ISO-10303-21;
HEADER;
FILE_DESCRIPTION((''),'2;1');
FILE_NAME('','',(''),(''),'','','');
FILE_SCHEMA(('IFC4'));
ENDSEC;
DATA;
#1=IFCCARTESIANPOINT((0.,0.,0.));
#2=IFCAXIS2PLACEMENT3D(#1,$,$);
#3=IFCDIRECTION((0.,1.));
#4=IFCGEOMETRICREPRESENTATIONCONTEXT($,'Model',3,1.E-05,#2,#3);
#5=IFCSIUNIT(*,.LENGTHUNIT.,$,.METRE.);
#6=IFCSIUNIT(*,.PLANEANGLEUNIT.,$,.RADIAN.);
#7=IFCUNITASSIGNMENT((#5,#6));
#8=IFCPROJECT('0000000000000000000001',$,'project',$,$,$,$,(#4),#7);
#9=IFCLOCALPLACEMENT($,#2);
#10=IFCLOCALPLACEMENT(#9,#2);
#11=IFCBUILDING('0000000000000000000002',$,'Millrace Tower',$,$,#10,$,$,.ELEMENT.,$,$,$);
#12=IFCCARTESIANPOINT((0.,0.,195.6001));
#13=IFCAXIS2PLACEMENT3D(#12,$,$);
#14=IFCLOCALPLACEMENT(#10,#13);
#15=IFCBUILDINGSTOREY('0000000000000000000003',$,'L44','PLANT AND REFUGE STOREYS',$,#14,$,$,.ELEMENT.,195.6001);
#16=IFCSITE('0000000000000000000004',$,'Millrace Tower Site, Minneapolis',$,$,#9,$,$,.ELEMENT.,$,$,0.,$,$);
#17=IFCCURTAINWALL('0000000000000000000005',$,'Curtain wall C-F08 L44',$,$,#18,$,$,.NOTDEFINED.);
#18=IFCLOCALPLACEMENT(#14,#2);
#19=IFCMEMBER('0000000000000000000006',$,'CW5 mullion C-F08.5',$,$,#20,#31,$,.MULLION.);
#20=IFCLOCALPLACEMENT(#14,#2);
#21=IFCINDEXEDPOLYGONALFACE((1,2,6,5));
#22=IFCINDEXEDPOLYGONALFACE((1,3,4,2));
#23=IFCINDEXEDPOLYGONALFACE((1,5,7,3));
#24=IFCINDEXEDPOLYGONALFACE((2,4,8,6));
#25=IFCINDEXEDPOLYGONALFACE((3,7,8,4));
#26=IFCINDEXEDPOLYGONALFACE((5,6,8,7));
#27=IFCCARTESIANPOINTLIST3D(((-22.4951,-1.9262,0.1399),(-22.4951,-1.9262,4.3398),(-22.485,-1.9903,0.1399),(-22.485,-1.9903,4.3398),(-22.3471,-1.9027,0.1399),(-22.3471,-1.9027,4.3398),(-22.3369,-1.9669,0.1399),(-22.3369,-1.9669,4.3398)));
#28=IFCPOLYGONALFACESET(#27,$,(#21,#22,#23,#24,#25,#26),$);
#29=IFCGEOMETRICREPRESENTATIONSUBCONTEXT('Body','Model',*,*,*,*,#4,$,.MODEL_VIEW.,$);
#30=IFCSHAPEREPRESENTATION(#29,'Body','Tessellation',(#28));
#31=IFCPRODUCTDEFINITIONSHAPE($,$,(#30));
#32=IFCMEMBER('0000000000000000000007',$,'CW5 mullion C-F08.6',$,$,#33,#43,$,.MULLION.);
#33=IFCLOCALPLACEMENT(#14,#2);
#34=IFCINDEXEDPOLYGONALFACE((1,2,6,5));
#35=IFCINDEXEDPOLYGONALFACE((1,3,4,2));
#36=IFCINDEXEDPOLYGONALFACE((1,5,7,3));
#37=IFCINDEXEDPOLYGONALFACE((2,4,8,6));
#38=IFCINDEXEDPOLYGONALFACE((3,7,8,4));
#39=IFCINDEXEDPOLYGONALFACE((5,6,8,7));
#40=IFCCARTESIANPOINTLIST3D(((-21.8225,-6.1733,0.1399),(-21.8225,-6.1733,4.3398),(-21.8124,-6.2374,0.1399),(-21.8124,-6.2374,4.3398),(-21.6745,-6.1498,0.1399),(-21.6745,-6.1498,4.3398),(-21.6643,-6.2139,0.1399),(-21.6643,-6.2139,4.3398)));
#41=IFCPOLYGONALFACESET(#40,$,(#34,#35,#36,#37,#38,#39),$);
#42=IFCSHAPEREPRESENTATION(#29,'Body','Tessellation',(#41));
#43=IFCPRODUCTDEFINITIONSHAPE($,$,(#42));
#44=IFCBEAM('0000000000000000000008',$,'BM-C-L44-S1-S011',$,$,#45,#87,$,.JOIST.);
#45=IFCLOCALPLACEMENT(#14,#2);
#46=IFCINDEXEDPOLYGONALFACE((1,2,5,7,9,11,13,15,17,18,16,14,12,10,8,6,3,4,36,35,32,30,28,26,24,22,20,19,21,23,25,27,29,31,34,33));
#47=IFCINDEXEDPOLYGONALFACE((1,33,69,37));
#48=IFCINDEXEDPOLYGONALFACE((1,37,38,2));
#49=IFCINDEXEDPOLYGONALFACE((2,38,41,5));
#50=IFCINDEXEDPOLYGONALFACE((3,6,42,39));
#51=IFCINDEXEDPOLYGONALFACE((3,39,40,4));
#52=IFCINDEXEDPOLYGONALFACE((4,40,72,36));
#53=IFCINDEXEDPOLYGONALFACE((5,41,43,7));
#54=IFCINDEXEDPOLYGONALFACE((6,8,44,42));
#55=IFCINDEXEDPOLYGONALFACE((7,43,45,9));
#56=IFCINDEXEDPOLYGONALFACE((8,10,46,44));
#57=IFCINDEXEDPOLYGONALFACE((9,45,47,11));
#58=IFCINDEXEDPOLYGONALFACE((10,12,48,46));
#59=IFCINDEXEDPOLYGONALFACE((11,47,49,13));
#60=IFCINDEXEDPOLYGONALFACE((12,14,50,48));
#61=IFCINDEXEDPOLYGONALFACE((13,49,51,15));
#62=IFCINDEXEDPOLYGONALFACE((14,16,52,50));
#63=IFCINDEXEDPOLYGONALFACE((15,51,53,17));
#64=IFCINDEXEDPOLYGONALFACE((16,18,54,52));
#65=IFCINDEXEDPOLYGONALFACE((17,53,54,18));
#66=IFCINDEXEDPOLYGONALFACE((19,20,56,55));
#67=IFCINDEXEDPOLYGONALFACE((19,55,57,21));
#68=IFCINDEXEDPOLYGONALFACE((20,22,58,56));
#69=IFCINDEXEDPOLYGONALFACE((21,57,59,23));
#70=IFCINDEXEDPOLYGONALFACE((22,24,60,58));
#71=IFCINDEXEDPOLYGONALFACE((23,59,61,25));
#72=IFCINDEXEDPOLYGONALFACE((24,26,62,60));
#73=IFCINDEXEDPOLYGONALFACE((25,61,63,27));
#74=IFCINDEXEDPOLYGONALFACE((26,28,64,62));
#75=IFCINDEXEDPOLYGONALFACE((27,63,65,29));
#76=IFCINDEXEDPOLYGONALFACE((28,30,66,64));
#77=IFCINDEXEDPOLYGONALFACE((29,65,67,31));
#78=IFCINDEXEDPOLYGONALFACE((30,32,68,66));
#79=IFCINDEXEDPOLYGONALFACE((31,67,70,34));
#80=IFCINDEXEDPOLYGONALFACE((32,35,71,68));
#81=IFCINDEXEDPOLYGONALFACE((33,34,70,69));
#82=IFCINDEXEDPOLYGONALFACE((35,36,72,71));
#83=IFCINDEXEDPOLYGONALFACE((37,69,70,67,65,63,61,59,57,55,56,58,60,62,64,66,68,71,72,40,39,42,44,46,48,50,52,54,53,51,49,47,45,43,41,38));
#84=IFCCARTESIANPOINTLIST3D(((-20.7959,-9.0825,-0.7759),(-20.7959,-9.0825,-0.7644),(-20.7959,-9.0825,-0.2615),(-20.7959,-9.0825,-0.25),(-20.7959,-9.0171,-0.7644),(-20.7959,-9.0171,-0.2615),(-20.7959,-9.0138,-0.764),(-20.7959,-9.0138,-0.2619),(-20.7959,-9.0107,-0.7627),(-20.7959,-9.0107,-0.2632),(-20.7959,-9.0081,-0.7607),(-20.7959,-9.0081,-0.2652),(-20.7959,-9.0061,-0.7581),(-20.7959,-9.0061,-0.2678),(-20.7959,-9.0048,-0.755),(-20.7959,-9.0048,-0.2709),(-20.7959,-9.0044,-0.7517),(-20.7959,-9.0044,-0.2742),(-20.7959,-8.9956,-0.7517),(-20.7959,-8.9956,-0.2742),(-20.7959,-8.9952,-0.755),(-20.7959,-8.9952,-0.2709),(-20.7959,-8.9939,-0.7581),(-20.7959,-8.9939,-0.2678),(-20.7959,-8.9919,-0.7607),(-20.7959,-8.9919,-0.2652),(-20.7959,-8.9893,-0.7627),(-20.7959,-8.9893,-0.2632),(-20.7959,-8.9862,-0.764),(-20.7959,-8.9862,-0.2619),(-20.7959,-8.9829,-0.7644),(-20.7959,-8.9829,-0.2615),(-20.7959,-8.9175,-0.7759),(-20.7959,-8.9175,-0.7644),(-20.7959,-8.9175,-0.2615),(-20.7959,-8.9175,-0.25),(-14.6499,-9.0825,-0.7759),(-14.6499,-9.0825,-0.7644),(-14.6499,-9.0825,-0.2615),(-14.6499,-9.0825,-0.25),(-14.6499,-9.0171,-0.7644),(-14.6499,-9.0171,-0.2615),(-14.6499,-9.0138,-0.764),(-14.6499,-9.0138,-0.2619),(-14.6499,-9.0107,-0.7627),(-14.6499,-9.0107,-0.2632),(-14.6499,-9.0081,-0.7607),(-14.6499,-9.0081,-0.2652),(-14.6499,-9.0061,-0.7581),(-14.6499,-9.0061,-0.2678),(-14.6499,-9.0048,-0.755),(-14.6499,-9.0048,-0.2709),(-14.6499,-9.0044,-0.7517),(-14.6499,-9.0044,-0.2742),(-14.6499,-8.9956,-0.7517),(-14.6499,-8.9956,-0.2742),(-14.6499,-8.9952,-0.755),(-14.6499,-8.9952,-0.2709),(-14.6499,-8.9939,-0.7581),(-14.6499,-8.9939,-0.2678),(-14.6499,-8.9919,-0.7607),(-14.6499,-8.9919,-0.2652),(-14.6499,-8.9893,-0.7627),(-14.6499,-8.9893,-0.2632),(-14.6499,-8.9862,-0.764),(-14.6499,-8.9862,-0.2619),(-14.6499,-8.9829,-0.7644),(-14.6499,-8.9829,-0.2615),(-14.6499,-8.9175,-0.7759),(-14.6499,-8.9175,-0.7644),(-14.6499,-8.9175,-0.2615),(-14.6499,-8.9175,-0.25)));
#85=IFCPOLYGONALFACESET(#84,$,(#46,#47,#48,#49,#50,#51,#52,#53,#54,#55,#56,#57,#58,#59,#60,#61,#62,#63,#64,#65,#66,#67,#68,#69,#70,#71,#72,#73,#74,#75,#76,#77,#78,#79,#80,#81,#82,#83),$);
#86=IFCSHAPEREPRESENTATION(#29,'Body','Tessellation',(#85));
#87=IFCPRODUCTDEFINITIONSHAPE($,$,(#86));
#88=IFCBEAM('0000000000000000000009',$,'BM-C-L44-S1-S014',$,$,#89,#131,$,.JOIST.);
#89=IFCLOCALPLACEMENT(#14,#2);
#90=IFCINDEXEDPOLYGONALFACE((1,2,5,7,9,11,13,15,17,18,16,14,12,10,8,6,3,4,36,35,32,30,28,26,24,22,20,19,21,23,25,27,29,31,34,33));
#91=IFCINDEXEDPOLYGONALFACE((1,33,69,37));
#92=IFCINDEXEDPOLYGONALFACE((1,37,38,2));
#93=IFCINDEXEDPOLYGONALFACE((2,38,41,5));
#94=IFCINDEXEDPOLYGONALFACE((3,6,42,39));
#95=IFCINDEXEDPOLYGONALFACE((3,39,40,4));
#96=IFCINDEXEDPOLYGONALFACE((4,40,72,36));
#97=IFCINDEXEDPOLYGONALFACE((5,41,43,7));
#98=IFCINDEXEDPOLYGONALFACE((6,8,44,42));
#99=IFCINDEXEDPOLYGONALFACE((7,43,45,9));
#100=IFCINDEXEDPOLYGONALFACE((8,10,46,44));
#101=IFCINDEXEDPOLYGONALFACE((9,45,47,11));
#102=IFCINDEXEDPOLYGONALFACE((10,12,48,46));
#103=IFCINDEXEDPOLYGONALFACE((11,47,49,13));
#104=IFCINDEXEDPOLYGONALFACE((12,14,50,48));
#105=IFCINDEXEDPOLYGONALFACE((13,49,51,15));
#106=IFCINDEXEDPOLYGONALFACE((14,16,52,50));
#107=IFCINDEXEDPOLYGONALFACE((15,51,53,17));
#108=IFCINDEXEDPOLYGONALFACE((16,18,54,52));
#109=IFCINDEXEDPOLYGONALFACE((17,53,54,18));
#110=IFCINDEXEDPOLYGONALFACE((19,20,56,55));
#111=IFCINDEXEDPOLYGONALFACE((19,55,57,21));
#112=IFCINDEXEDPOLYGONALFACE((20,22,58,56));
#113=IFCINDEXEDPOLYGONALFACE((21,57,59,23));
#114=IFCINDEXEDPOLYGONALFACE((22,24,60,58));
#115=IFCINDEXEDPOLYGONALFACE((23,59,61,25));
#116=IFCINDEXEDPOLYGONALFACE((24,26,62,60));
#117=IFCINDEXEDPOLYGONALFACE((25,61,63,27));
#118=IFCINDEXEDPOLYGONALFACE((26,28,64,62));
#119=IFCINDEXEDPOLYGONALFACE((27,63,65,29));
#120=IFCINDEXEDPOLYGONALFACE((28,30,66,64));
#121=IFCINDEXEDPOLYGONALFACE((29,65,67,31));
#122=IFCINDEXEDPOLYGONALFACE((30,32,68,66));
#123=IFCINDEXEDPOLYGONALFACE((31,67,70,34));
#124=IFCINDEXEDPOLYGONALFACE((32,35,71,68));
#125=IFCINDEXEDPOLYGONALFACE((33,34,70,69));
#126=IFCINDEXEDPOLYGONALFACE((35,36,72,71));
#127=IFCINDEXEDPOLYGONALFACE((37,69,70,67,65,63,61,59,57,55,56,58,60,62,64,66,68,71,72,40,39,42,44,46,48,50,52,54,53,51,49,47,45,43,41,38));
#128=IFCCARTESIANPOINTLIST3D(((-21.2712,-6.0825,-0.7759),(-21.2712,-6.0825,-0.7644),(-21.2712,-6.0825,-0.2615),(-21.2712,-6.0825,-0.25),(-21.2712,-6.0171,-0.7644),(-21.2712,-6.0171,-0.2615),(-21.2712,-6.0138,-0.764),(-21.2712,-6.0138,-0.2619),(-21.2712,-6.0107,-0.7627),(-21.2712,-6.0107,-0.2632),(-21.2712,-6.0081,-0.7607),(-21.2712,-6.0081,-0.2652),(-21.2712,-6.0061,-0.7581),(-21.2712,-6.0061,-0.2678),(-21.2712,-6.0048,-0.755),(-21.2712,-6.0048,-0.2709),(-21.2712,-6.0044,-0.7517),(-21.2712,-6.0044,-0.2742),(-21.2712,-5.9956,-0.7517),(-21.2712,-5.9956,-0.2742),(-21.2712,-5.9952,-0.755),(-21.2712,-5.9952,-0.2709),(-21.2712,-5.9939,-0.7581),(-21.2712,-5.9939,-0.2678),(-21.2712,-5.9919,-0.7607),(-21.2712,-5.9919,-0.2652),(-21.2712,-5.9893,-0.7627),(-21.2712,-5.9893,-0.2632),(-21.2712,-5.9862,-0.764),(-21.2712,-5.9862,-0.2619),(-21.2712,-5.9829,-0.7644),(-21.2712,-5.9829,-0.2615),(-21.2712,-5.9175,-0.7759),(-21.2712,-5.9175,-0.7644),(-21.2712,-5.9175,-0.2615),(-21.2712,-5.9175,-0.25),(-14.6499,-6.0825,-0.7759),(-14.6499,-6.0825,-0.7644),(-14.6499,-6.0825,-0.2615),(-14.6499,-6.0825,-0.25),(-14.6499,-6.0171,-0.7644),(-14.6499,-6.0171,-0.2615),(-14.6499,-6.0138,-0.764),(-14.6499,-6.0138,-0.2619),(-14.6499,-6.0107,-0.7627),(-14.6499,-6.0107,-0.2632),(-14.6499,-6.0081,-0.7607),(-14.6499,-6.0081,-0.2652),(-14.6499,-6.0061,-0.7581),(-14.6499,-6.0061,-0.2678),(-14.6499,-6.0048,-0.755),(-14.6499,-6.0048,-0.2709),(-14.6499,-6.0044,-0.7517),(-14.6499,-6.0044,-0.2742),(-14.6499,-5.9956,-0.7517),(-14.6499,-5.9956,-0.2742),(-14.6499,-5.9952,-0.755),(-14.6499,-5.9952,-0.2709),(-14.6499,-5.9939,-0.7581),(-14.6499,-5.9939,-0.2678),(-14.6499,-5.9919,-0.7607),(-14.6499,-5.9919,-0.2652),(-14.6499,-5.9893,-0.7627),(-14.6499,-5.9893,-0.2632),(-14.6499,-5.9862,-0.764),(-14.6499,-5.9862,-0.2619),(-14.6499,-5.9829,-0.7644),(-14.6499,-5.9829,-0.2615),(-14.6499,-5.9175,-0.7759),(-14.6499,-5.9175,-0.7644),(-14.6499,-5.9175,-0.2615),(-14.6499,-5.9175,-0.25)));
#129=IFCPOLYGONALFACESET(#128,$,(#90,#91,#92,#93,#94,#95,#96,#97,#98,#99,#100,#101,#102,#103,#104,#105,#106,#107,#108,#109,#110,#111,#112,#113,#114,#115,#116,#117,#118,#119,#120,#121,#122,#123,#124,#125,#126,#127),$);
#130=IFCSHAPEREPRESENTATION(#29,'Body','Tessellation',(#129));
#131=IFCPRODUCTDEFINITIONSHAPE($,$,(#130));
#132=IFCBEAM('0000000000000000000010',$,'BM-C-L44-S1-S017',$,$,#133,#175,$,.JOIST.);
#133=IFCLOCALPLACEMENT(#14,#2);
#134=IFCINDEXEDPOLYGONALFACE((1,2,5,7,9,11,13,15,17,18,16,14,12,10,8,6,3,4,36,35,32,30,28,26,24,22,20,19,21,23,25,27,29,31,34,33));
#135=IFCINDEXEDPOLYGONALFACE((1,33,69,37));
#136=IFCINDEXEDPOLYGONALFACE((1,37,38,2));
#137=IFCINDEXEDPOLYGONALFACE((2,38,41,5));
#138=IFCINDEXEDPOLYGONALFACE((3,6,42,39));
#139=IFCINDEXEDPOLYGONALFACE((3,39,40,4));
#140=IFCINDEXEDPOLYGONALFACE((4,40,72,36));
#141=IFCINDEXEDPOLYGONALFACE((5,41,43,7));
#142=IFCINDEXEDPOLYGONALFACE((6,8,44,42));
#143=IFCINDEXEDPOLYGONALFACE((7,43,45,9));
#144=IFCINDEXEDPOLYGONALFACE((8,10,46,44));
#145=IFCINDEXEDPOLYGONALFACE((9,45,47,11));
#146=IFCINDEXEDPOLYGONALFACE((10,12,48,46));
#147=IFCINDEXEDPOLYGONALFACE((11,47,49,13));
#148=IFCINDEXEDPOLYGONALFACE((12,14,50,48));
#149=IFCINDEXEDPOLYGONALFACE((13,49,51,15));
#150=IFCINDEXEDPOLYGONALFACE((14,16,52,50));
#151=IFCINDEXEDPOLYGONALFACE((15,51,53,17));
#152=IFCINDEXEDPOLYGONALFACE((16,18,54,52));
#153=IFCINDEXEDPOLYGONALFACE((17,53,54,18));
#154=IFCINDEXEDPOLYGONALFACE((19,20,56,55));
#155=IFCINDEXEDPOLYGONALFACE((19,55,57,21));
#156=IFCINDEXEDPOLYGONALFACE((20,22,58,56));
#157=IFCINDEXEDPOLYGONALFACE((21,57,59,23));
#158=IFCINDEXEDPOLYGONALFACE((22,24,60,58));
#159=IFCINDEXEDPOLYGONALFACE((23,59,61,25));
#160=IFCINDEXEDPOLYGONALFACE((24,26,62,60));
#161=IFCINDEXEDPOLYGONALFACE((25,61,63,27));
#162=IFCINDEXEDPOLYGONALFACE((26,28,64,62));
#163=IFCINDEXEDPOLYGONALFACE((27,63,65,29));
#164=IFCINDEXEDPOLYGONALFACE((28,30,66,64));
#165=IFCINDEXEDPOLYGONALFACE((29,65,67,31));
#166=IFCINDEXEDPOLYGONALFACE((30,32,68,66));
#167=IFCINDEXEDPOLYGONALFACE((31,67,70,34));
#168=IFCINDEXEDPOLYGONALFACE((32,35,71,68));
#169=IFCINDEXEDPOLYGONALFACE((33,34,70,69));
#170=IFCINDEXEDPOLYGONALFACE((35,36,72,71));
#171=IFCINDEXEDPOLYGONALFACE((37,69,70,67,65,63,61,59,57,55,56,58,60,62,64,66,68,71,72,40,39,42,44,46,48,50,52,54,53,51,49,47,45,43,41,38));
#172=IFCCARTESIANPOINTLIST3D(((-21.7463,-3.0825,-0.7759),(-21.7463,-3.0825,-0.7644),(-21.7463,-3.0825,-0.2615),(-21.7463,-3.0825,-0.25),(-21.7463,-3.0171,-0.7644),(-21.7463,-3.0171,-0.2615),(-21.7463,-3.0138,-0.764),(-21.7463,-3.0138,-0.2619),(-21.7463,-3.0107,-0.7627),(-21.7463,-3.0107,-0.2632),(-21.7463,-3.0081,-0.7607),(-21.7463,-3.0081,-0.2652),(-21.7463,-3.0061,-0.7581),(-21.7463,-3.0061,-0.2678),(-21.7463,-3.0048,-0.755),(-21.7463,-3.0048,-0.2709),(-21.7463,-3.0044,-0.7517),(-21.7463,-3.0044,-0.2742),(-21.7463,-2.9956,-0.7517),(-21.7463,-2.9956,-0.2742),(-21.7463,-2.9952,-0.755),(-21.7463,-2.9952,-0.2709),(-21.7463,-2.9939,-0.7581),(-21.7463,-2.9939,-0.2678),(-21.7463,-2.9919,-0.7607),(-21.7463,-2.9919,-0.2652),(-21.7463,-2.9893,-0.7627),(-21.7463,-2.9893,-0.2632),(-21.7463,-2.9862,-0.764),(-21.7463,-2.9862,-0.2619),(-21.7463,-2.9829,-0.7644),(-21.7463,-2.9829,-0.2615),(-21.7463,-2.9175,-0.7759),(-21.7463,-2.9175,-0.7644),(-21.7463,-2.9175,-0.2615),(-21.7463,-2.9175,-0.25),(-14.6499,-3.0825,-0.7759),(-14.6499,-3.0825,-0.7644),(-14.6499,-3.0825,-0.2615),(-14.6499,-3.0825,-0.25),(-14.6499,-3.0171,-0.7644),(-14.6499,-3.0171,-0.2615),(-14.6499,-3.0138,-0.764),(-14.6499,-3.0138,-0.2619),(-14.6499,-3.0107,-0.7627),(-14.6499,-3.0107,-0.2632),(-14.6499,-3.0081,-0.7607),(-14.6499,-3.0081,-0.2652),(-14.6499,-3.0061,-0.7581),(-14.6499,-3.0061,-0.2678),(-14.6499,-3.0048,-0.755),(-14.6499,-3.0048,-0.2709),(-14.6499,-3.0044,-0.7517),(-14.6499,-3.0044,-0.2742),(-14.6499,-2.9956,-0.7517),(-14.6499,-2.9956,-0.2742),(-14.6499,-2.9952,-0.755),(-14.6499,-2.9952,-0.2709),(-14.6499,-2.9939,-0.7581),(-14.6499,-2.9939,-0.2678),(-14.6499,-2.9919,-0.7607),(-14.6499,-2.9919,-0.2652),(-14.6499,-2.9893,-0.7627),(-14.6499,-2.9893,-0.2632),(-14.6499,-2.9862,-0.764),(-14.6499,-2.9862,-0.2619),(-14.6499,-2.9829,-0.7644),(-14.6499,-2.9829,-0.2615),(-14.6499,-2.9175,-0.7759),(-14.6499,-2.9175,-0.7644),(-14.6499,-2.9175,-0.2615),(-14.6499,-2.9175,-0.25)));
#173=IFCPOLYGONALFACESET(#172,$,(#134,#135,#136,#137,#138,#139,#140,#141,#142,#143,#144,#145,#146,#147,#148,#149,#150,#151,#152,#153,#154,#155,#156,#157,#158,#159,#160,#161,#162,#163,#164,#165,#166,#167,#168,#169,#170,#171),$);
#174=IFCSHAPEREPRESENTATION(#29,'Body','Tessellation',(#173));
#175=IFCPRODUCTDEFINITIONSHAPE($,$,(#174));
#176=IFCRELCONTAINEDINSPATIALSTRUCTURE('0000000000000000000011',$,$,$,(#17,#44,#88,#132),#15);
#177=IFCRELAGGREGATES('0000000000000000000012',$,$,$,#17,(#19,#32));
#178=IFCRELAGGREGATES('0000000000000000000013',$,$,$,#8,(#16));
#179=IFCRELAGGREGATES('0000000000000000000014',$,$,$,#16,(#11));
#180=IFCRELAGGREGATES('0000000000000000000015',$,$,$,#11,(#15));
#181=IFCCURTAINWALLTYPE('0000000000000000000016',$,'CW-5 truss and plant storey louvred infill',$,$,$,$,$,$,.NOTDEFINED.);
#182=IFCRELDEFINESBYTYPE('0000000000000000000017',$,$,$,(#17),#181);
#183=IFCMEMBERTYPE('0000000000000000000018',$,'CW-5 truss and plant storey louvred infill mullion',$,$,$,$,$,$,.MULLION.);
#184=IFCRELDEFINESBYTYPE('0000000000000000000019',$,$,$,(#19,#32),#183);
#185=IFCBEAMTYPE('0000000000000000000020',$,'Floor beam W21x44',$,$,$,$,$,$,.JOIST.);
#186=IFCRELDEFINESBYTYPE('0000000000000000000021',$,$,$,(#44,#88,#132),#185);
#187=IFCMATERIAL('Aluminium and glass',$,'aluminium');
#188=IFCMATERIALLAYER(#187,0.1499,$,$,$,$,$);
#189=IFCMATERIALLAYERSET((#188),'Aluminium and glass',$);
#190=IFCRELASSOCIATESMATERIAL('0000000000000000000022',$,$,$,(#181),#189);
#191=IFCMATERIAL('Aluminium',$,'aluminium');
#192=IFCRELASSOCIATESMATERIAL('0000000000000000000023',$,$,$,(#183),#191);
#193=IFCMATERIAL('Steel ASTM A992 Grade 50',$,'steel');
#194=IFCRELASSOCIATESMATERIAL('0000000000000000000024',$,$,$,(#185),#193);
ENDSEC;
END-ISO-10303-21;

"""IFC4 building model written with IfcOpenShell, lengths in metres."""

from ifc_helpers import new_model, si_unit, direction, frame, origin, origin_2d, place, context, subcontext, project, spatial, rectangle, i_section, extrude, material, layer, layer_set, material_profile, profile_set, type_object, element, aggregate, save


model = new_model("IFC4")

# Units and contexts
model_context = context("Model", 3, precision=1e-05, world=origin(), true_north=direction((0.0, 1.0)))
body_context = subcontext(model_context, "Body", "Model", "MODEL_VIEW")
ifc_project = project(units=[si_unit("LENGTHUNIT", "METRE"), si_unit("PLANEANGLEUNIT", "RADIAN")], contexts=[model_context])

# Site, building, storey
site_placement = place(None, origin())
site = spatial("IfcSite", under=ifc_project, at=site_placement, Name="Millrace Tower Site, Minneapolis", CompositionType="ELEMENT", RefElevation=0.0)
building_placement = place(site_placement, origin())
building = spatial("IfcBuilding", under=site, at=building_placement, Name="Millrace Tower", CompositionType="ELEMENT")
storey_placement = place(building_placement, frame((0.0, 0.0, 195.6001)))
storey = spatial("IfcBuildingStorey", under=building, at=storey_placement, Name="L44", Description="PLANT AND REFUGE STOREYS", CompositionType="ELEMENT", Elevation=195.6001)

# Curtain wall, members
ifc_material_1 = material(Name="Aluminium and glass", Category="aluminium")
ifc_layer_1 = layer(ifc_material_1, 0.1499)
ifc_layer_set_1 = layer_set([ifc_layer_1], Name="Aluminium and glass")
curtain_wall_type = type_object("IfcCurtainWallType", Name="CW-5 truss and plant storey louvred infill", PredefinedType="NOTDEFINED", material=ifc_layer_set_1)
curtain_wall_placement = place(storey_placement, origin())
curtain_wall = element("IfcCurtainWall", 1, at=curtain_wall_placement, inside=storey, type_object=curtain_wall_type, Name="Curtain wall C-F08 L44", PredefinedType="NOTDEFINED")
ifc_material_2 = material(Name="Aluminium", Category="aluminium")
ifc_material_profile_1 = material_profile(ifc_material_2, rectangle(XDim=0.0649, YDim=0.1499, at=origin_2d()))
ifc_profile_set_1 = profile_set([ifc_material_profile_1], Name="Aluminium")
member_type_1 = type_object("IfcMemberType", Name="CW-5 truss and plant storey louvred infill mullion", PredefinedType="MULLION", material=ifc_profile_set_1)
member_1_placement = place(storey_placement, frame((-22.416, -1.9465, 0.1399), z_axis=(0.0, 0.0, 1.0), x_axis=(0.156434, -0.987688, 0.0)))
member_1 = element("IfcMember", 2, at=member_1_placement, type_object=member_type_1, Name="CW5 mullion C-F08.5", PredefinedType="MULLION", context=body_context, shape_type="SweptSolid", body=[
    extrude(rectangle(XDim=0.0649, YDim=0.1499, at=origin_2d()), origin(), (0.0, 0.0, 1.0), 4.2),
])
member_2_placement = place(storey_placement, frame((-21.7434, -6.1936, 0.1399), z_axis=(0.0, 0.0, 1.0), x_axis=(0.156434, -0.987688, 0.0)))
member_2 = element("IfcMember", 3, at=member_2_placement, type_object=member_type_1, Name="CW5 mullion C-F08.6", PredefinedType="MULLION", context=body_context, shape_type="SweptSolid", body=[
    extrude(rectangle(XDim=0.0649, YDim=0.1499, at=origin_2d()), origin(), (0.0, 0.0, 1.0), 4.2),
])
aggregate(curtain_wall, [member_1, member_2])

# Beams
ifc_material_3 = material(Name="Steel ASTM A992 Grade 50", Category="steel")
ifc_material_profile_2 = material_profile(ifc_material_3, i_section(OverallWidth=0.165, OverallDepth=0.5259, WebThickness=0.0088, FlangeThickness=0.0115, FilletRadius=0.0127, at=origin_2d()))
ifc_profile_set_2 = profile_set([ifc_material_profile_2], Name="Steel ASTM A992 Grade 50")
beam_type_1 = type_object("IfcBeamType", Name="Floor beam W21x44", PredefinedType="JOIST", material=ifc_profile_set_2)
beam_1_placement = place(storey_placement, frame((-20.7959, -9.0, -0.5129), z_axis=(1.0, 0.0, 0.0), x_axis=(0.0, 1.0, 0.0)))
element("IfcBeam", 4, at=beam_1_placement, inside=storey, type_object=beam_type_1, Name="BM-C-L44-S1-S011", PredefinedType="JOIST", context=body_context, shape_type="SweptSolid", body=[
    extrude(i_section(OverallWidth=0.165, OverallDepth=0.5259, WebThickness=0.0088, FlangeThickness=0.0115, FilletRadius=0.0127, at=origin_2d()), origin(), (0.0, 0.0, 1.0), 6.146),
])
beam_2_placement = place(storey_placement, frame((-21.2712, -6.0, -0.5129), z_axis=(1.0, 0.0, 0.0), x_axis=(0.0, 1.0, 0.0)))
element("IfcBeam", 5, at=beam_2_placement, inside=storey, type_object=beam_type_1, Name="BM-C-L44-S1-S014", PredefinedType="JOIST", context=body_context, shape_type="SweptSolid", body=[
    extrude(i_section(OverallWidth=0.165, OverallDepth=0.5259, WebThickness=0.0088, FlangeThickness=0.0115, FilletRadius=0.0127, at=origin_2d()), origin(), (0.0, 0.0, 1.0), 6.6213),
])
beam_3_placement = place(storey_placement, frame((-21.7463, -3.0, -0.5129), z_axis=(1.0, 0.0, 0.0), x_axis=(0.0, 1.0, 0.0)))
element("IfcBeam", 6, at=beam_3_placement, inside=storey, type_object=beam_type_1, Name="BM-C-L44-S1-S017", PredefinedType="JOIST", context=body_context, shape_type="SweptSolid", body=[
    extrude(i_section(OverallWidth=0.165, OverallDepth=0.5259, WebThickness=0.0088, FlangeThickness=0.0115, FilletRadius=0.0127, at=origin_2d()), origin(), (0.0, 0.0, 1.0), 7.0964),
])

save(model, "model.ifc")
